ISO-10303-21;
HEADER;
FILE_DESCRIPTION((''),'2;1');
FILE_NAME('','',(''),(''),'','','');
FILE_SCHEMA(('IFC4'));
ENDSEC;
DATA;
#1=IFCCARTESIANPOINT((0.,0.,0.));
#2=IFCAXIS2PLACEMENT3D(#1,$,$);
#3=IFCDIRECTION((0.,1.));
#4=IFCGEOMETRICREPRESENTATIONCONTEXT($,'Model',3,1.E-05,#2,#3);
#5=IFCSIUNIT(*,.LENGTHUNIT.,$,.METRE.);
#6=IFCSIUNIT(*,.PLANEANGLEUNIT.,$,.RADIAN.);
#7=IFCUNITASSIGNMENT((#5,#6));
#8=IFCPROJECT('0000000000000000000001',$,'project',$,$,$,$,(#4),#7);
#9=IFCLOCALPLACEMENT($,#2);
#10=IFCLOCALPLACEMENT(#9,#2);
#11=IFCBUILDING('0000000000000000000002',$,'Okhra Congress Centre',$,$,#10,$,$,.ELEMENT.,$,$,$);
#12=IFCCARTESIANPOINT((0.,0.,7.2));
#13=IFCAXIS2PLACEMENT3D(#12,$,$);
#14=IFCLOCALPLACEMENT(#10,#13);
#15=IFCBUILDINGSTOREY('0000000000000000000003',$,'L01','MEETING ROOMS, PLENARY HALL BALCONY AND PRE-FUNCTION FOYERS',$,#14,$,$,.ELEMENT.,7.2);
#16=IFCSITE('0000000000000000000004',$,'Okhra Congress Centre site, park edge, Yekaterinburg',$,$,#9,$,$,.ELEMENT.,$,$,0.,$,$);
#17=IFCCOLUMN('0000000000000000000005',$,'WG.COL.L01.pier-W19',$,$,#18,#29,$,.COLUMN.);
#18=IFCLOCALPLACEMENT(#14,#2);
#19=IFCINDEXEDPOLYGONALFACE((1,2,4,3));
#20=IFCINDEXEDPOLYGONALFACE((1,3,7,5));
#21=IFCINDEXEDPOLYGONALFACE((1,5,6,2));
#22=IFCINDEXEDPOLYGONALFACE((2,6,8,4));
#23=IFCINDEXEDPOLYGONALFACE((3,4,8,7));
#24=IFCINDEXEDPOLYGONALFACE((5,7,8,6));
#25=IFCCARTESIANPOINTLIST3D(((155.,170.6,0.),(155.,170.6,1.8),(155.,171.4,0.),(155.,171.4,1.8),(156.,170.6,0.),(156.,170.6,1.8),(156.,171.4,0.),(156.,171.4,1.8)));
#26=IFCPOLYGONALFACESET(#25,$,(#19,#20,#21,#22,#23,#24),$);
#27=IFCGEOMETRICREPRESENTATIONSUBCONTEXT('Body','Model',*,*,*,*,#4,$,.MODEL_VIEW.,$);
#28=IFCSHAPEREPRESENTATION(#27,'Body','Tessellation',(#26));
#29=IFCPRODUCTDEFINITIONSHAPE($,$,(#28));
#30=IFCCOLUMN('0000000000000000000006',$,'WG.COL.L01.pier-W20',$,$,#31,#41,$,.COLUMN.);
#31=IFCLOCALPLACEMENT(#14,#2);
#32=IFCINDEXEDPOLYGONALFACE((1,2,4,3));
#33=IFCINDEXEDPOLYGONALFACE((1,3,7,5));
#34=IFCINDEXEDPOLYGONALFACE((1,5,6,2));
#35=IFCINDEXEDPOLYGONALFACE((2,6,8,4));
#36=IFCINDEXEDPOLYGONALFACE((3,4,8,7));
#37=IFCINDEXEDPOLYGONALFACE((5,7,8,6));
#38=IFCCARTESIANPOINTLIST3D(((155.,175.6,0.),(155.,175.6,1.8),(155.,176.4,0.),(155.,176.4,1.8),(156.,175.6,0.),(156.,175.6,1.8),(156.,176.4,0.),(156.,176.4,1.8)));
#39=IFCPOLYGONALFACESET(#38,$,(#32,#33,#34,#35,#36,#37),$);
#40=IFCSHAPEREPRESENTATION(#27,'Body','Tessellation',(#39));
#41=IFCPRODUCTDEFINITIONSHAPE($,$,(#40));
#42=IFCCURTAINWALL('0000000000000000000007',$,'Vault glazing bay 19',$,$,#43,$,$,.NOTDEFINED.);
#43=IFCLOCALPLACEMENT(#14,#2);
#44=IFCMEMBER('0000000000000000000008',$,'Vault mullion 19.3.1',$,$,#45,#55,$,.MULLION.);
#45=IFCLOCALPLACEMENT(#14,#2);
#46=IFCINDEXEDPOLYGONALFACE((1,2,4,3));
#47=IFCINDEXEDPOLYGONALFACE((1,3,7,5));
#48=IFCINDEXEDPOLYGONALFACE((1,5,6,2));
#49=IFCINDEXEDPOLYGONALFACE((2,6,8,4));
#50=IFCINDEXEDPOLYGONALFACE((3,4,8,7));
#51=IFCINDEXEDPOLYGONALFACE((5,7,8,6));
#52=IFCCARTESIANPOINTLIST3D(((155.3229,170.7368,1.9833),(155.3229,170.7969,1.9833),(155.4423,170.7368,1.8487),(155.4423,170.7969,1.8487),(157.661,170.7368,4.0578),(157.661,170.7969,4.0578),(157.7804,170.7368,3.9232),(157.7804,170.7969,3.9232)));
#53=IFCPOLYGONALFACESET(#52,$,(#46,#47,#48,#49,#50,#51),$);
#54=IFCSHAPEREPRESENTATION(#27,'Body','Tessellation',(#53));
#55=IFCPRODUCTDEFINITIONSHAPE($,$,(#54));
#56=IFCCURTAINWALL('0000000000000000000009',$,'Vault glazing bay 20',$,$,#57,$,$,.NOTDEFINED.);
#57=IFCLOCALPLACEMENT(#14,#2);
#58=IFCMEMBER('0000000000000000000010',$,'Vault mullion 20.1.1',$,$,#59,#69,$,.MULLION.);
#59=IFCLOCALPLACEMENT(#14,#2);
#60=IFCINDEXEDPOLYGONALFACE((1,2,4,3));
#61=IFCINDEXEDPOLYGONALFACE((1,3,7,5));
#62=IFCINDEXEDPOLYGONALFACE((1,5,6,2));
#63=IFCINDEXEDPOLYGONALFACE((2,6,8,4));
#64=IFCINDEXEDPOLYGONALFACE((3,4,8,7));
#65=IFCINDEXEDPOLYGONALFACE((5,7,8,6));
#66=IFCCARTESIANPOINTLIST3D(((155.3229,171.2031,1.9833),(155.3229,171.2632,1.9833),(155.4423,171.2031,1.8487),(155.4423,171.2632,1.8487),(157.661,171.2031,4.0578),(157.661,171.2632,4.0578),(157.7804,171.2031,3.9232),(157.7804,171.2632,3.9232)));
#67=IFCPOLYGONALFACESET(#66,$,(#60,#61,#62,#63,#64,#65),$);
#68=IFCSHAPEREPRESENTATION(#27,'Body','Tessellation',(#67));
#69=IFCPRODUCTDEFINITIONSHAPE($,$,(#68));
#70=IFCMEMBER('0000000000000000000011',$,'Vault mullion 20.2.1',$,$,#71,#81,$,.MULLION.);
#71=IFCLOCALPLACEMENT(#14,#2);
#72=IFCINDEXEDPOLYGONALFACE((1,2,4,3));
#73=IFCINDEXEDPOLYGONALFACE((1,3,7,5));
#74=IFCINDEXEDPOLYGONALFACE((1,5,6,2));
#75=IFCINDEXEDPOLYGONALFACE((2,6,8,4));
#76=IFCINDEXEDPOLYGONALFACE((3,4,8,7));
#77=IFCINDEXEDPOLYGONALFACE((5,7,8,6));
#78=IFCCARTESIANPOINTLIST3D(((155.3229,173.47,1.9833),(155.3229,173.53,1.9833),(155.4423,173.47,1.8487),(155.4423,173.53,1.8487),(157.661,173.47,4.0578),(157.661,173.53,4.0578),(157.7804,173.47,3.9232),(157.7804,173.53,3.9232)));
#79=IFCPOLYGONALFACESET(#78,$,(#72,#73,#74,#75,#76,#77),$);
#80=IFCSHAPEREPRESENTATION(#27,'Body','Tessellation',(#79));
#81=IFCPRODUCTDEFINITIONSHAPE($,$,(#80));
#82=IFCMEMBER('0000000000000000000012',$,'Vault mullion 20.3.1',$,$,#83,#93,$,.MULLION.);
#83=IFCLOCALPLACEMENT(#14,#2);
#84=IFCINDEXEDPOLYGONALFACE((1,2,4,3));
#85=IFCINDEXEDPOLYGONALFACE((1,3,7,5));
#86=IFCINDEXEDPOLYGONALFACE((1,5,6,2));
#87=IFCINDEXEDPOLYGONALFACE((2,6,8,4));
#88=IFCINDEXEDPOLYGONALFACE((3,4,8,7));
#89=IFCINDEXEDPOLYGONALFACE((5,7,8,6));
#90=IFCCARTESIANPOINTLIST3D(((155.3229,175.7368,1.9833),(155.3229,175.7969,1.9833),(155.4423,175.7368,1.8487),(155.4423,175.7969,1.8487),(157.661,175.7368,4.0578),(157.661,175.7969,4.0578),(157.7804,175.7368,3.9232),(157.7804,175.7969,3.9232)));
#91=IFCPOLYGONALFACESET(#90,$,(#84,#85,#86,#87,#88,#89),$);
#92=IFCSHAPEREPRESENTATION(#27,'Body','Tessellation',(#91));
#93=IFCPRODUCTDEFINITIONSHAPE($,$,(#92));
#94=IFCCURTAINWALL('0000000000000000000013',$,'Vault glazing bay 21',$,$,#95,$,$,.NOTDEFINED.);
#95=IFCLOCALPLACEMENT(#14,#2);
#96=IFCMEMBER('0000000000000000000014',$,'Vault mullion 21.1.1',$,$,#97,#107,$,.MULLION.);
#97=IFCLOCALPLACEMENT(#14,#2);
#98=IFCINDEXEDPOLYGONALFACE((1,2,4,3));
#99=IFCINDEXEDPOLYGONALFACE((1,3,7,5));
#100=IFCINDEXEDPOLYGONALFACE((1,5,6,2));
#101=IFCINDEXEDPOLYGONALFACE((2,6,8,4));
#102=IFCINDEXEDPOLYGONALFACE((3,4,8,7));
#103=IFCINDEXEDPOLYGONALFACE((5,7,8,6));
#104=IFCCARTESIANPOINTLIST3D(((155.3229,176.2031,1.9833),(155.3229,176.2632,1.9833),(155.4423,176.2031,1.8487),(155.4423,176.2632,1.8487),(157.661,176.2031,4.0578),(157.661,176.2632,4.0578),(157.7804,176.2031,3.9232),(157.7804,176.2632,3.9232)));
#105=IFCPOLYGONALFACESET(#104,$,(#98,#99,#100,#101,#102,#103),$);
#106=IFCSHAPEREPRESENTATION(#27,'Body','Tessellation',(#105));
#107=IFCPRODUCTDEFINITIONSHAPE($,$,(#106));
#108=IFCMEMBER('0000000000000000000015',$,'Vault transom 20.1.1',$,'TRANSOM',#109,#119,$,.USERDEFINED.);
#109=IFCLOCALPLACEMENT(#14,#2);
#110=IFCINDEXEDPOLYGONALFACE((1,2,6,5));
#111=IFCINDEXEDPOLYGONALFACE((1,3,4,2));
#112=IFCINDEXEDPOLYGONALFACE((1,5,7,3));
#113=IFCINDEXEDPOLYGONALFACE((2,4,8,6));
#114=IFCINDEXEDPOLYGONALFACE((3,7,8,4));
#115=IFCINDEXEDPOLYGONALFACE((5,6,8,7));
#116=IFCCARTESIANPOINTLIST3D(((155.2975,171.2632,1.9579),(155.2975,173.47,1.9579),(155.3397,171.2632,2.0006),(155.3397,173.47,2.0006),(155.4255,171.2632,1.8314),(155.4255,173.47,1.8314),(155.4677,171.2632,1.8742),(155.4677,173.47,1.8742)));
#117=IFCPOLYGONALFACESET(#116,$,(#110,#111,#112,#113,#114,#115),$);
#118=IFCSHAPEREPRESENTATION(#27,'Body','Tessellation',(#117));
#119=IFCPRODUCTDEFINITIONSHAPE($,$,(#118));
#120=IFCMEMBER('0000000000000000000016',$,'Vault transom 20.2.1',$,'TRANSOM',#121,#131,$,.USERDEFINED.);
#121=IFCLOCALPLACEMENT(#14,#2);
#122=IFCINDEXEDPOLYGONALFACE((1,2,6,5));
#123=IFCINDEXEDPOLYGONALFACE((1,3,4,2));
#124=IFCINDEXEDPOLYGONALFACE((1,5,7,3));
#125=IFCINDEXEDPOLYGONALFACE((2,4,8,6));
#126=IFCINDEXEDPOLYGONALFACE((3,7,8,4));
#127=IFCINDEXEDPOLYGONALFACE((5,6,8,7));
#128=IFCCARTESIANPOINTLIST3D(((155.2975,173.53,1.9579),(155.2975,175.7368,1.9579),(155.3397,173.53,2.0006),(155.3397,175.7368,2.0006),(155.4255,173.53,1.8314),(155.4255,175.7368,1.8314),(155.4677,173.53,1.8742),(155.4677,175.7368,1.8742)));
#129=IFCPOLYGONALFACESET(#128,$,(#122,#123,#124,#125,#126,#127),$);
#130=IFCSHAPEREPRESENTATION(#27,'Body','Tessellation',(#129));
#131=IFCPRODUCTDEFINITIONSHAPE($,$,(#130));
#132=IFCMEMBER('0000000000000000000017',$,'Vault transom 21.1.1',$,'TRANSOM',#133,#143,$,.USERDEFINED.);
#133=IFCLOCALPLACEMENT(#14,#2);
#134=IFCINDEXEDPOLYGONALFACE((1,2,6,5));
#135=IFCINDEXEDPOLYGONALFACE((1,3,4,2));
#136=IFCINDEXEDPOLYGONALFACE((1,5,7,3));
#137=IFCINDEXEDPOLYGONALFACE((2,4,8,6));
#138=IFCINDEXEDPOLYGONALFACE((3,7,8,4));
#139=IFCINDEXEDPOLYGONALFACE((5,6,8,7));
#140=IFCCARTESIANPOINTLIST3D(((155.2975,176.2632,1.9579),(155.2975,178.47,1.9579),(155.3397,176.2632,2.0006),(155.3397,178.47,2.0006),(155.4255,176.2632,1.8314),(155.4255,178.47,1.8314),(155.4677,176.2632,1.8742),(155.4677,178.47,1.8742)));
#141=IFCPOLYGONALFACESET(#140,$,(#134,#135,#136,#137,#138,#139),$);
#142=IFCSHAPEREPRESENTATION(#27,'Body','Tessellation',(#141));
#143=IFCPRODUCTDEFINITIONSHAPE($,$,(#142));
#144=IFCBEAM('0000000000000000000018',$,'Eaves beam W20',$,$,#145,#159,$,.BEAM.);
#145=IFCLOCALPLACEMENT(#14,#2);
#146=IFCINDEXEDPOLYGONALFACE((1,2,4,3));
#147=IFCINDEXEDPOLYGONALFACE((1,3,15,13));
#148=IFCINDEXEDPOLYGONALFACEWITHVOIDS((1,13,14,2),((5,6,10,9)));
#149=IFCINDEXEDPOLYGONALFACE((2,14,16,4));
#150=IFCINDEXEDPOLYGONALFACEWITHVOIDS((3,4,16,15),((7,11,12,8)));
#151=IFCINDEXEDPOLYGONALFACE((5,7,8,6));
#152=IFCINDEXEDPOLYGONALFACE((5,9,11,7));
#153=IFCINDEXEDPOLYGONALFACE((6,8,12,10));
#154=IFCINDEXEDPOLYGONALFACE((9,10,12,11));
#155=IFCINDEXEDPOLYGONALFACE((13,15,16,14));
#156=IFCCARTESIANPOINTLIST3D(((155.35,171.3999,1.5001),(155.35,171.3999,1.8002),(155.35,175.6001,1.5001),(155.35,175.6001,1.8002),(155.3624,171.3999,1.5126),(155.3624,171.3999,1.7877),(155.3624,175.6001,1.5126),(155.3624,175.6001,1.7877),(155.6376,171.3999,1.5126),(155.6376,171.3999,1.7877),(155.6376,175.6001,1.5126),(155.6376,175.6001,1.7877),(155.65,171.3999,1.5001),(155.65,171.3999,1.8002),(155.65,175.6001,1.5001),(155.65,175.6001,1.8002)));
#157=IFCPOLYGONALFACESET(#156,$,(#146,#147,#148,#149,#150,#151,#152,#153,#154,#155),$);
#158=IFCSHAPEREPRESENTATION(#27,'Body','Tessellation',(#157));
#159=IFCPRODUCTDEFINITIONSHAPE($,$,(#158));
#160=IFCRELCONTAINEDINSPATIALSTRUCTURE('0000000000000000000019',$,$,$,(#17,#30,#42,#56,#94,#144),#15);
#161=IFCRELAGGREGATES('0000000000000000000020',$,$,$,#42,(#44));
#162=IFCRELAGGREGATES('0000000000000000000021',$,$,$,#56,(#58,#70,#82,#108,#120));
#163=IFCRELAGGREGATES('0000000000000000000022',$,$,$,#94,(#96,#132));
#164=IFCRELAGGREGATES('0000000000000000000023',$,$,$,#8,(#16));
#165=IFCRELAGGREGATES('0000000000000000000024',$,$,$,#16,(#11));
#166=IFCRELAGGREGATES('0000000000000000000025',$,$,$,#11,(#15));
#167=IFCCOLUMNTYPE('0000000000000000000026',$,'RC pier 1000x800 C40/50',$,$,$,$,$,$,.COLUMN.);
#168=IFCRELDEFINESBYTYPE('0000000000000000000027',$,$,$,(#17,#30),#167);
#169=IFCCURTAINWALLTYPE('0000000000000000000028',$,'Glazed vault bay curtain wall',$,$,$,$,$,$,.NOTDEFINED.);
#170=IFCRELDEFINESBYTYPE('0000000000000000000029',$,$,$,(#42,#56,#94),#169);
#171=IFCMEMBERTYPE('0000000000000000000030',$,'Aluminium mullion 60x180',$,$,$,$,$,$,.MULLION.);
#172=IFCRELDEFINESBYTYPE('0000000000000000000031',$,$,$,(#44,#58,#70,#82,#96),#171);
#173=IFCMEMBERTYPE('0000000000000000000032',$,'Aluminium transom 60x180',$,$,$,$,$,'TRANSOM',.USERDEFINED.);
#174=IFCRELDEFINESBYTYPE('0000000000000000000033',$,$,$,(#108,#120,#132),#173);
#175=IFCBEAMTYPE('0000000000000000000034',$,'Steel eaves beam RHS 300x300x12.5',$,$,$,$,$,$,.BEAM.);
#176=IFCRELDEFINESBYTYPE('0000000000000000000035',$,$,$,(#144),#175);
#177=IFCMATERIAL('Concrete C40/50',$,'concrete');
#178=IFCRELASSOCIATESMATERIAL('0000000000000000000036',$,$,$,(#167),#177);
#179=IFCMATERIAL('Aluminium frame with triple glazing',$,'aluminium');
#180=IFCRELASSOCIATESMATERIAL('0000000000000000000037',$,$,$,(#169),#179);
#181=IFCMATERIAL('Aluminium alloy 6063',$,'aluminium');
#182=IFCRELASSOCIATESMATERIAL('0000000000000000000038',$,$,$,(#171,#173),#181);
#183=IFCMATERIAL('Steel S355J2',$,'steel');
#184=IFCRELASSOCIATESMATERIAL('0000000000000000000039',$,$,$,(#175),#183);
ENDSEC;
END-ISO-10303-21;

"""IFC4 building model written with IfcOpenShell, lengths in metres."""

from ifc_helpers import new_model, si_unit, direction, frame, origin, origin_2d, place, context, subcontext, project, spatial, rectangle, hollow_rectangle, extrude, material, material_profile, profile_set, type_object, element, aggregate, save


model = new_model("IFC4")

# Units and contexts
model_context = context("Model", 3, precision=1e-05, world=origin(), true_north=direction((0.0, 1.0)))
body_context = subcontext(model_context, "Body", "Model", "MODEL_VIEW")
ifc_project = project(units=[si_unit("LENGTHUNIT", "METRE"), si_unit("PLANEANGLEUNIT", "RADIAN")], contexts=[model_context])

# Site, building, storey
site_placement = place(None, origin())
site = spatial("IfcSite", under=ifc_project, at=site_placement, Name="Okhra Congress Centre site, park edge, Yekaterinburg", CompositionType="ELEMENT", RefElevation=0.0)
building_placement = place(site_placement, origin())
building = spatial("IfcBuilding", under=site, at=building_placement, Name="Okhra Congress Centre", CompositionType="ELEMENT")
storey_placement = place(building_placement, frame((0.0, 0.0, 7.2)))
storey = spatial("IfcBuildingStorey", under=building, at=storey_placement, Name="L01", Description="MEETING ROOMS, PLENARY HALL BALCONY AND PRE-FUNCTION FOYERS", CompositionType="ELEMENT", Elevation=7.2)

# Columns
ifc_material_1 = material(Name="Concrete C40/50", Category="concrete")
ifc_material_profile_1 = material_profile(ifc_material_1, rectangle(XDim=1.0, YDim=0.8, at=origin_2d()), Name="RC 1000x800")
ifc_profile_set_1 = profile_set([ifc_material_profile_1], Name="Concrete C40/50")
column_type = type_object("IfcColumnType", Name="RC pier 1000x800 C40/50", PredefinedType="COLUMN", material=ifc_profile_set_1)
for number, where, z_axis, x_axis, name in (
    (1, (155.5, 171.0, 0.0), (0.0, 0.0, 1.0), (1.0, 0.0, 0.0), "WG.COL.L01.pier-W19"),
    (2, (155.5, 176.0, 0.0), (0.0, 0.0, 1.0), (1.0, 0.0, 0.0), "WG.COL.L01.pier-W20"),
):
    element("IfcColumn", number, at=place(storey_placement, frame(where, z_axis=z_axis, x_axis=x_axis)), inside=storey, type_object=column_type, Name=name, PredefinedType="COLUMN", context=body_context, shape_type="SweptSolid", body=[
        extrude(rectangle(XDim=1.0, YDim=0.8, at=origin_2d()), origin(), (0.0, 0.0, 1.0), 1.8),
    ])

# Curtain wall, member
ifc_material_2 = material(Name="Aluminium frame with triple glazing", Category="aluminium")
curtain_wall_type = type_object("IfcCurtainWallType", Name="Glazed vault bay curtain wall", PredefinedType="NOTDEFINED", material=ifc_material_2)
curtain_wall_1_placement = place(storey_placement, origin())
curtain_wall_1 = element("IfcCurtainWall", 3, at=curtain_wall_1_placement, inside=storey, type_object=curtain_wall_type, Name="Vault glazing bay 19", PredefinedType="NOTDEFINED")
ifc_material_3 = material(Name="Aluminium alloy 6063", Category="aluminium")
ifc_material_profile_2 = material_profile(ifc_material_3, rectangle(XDim=0.0601, YDim=0.1799, at=origin_2d()), Name="AL 60x180")
ifc_profile_set_2 = profile_set([ifc_material_profile_2], Name="Aluminium alloy 6063")
member_type_1 = type_object("IfcMemberType", Name="Aluminium mullion 60x180", PredefinedType="MULLION", material=ifc_profile_set_2)
member_1_placement = place(storey_placement, frame((155.3826, 170.7668, 1.916), z_axis=(0.748025, 0.0, 0.66367), x_axis=(0.0, 1.0, 0.0)))
member_1 = element("IfcMember", 4, at=member_1_placement, type_object=member_type_1, Name="Vault mullion 19.3.1", PredefinedType="MULLION", context=body_context, shape_type="SweptSolid", body=[
    extrude(rectangle(XDim=0.0601, YDim=0.1799, at=origin_2d()), origin(), (0.0, 0.0, 1.0), 3.1257),
])
aggregate(curtain_wall_1, [member_1])

# Curtain wall, members
curtain_wall_2_placement = place(storey_placement, origin())
curtain_wall_2 = element("IfcCurtainWall", 5, at=curtain_wall_2_placement, inside=storey, type_object=curtain_wall_type, Name="Vault glazing bay 20", PredefinedType="NOTDEFINED")
member_2_placement = place(storey_placement, frame((155.3826, 171.2332, 1.916), z_axis=(0.748025, 0.0, 0.66367), x_axis=(0.0, 1.0, 0.0)))
member_2 = element("IfcMember", 6, at=member_2_placement, type_object=member_type_1, Name="Vault mullion 20.1.1", PredefinedType="MULLION", context=body_context, shape_type="SweptSolid", body=[
    extrude(rectangle(XDim=0.0601, YDim=0.1799, at=origin_2d()), origin(), (0.0, 0.0, 1.0), 3.1257),
])
member_3_placement = place(storey_placement, frame((155.3826, 173.5, 1.916), z_axis=(0.748025, 0.0, 0.66367), x_axis=(0.0, 1.0, 0.0)))
member_3 = element("IfcMember", 7, at=member_3_placement, type_object=member_type_1, Name="Vault mullion 20.2.1", PredefinedType="MULLION", context=body_context, shape_type="SweptSolid", body=[
    extrude(rectangle(XDim=0.0601, YDim=0.1799, at=origin_2d()), origin(), (0.0, 0.0, 1.0), 3.1257),
])
member_4_placement = place(storey_placement, frame((155.3826, 175.7668, 1.916), z_axis=(0.748025, 0.0, 0.66367), x_axis=(0.0, 1.0, 0.0)))
member_4 = element("IfcMember", 8, at=member_4_placement, type_object=member_type_1, Name="Vault mullion 20.3.1", PredefinedType="MULLION", context=body_context, shape_type="SweptSolid", body=[
    extrude(rectangle(XDim=0.0601, YDim=0.1799, at=origin_2d()), origin(), (0.0, 0.0, 1.0), 3.1257),
])

# Curtain wall, member
curtain_wall_3_placement = place(storey_placement, origin())
curtain_wall_3 = element("IfcCurtainWall", 9, at=curtain_wall_3_placement, inside=storey, type_object=curtain_wall_type, Name="Vault glazing bay 21", PredefinedType="NOTDEFINED")
member_5_placement = place(storey_placement, frame((155.3826, 176.2332, 1.916), z_axis=(0.748025, 0.0, 0.66367), x_axis=(0.0, 1.0, 0.0)))
member_5 = element("IfcMember", 10, at=member_5_placement, type_object=member_type_1, Name="Vault mullion 21.1.1", PredefinedType="MULLION", context=body_context, shape_type="SweptSolid", body=[
    extrude(rectangle(XDim=0.0601, YDim=0.1799, at=origin_2d()), origin(), (0.0, 0.0, 1.0), 3.1257),
])

# Members
ifc_material_profile_3 = material_profile(ifc_material_3, rectangle(XDim=0.0601, YDim=0.1799, at=origin_2d()), Name="AL 60x180 transom")
ifc_profile_set_3 = profile_set([ifc_material_profile_3], Name="Aluminium alloy 6063")
member_type_2 = type_object("IfcMemberType", Name="Aluminium transom 60x180", ElementType="TRANSOM", PredefinedType="USERDEFINED", material=ifc_profile_set_3)
member_6_placement = place(storey_placement, frame((155.3826, 171.2632, 1.916), z_axis=(0.0, 1.0, 0.0), x_axis=(-0.702636, 0.0, -0.711549)))
member_6 = element("IfcMember", 11, at=member_6_placement, type_object=member_type_2, Name="Vault transom 20.1.1", ObjectType="TRANSOM", PredefinedType="USERDEFINED", context=body_context, shape_type="SweptSolid", body=[
    extrude(rectangle(XDim=0.0601, YDim=0.1799, at=origin_2d()), origin(), (0.0, 0.0, 1.0), 2.2068),
])
member_7_placement = place(storey_placement, frame((155.3826, 173.53, 1.916), z_axis=(0.0, 1.0, 0.0), x_axis=(-0.702636, 0.0, -0.711549)))
member_7 = element("IfcMember", 12, at=member_7_placement, type_object=member_type_2, Name="Vault transom 20.2.1", ObjectType="TRANSOM", PredefinedType="USERDEFINED", context=body_context, shape_type="SweptSolid", body=[
    extrude(rectangle(XDim=0.0601, YDim=0.1799, at=origin_2d()), origin(), (0.0, 0.0, 1.0), 2.2068),
])
member_8_placement = place(storey_placement, frame((155.3826, 176.2632, 1.916), z_axis=(0.0, 1.0, 0.0), x_axis=(-0.702636, 0.0, -0.711549)))
member_8 = element("IfcMember", 13, at=member_8_placement, type_object=member_type_2, Name="Vault transom 21.1.1", ObjectType="TRANSOM", PredefinedType="USERDEFINED", context=body_context, shape_type="SweptSolid", body=[
    extrude(rectangle(XDim=0.0601, YDim=0.1799, at=origin_2d()), origin(), (0.0, 0.0, 1.0), 2.2068),
])

# Beam
ifc_material_4 = material(Name="Steel S355J2", Category="steel")
ifc_material_profile_4 = material_profile(ifc_material_4, hollow_rectangle(XDim=0.3, YDim=0.3, WallThickness=0.0125, at=origin_2d()), Name="RHS 300x300x12.5")
ifc_profile_set_4 = profile_set([ifc_material_profile_4], Name="Steel S355J2")
beam_type = type_object("IfcBeamType", Name="Steel eaves beam RHS 300x300x12.5", PredefinedType="BEAM", material=ifc_profile_set_4)
beam_placement = place(storey_placement, frame((155.5, 171.3999, 1.6501), z_axis=(0.0, 1.0, 0.0), x_axis=(-1.0, 0.0, 0.0)))
element("IfcBeam", 14, at=beam_placement, inside=storey, type_object=beam_type, Name="Eaves beam W20", PredefinedType="BEAM", context=body_context, shape_type="SweptSolid", body=[
    extrude(hollow_rectangle(XDim=0.3, YDim=0.3, WallThickness=0.0125, at=origin_2d()), origin(), (0.0, 0.0, 1.0), 4.2002),
])

aggregate(curtain_wall_2, [member_2, member_3, member_4, member_6, member_7])
aggregate(curtain_wall_3, [member_5, member_8])

save(model, "model.ifc")
